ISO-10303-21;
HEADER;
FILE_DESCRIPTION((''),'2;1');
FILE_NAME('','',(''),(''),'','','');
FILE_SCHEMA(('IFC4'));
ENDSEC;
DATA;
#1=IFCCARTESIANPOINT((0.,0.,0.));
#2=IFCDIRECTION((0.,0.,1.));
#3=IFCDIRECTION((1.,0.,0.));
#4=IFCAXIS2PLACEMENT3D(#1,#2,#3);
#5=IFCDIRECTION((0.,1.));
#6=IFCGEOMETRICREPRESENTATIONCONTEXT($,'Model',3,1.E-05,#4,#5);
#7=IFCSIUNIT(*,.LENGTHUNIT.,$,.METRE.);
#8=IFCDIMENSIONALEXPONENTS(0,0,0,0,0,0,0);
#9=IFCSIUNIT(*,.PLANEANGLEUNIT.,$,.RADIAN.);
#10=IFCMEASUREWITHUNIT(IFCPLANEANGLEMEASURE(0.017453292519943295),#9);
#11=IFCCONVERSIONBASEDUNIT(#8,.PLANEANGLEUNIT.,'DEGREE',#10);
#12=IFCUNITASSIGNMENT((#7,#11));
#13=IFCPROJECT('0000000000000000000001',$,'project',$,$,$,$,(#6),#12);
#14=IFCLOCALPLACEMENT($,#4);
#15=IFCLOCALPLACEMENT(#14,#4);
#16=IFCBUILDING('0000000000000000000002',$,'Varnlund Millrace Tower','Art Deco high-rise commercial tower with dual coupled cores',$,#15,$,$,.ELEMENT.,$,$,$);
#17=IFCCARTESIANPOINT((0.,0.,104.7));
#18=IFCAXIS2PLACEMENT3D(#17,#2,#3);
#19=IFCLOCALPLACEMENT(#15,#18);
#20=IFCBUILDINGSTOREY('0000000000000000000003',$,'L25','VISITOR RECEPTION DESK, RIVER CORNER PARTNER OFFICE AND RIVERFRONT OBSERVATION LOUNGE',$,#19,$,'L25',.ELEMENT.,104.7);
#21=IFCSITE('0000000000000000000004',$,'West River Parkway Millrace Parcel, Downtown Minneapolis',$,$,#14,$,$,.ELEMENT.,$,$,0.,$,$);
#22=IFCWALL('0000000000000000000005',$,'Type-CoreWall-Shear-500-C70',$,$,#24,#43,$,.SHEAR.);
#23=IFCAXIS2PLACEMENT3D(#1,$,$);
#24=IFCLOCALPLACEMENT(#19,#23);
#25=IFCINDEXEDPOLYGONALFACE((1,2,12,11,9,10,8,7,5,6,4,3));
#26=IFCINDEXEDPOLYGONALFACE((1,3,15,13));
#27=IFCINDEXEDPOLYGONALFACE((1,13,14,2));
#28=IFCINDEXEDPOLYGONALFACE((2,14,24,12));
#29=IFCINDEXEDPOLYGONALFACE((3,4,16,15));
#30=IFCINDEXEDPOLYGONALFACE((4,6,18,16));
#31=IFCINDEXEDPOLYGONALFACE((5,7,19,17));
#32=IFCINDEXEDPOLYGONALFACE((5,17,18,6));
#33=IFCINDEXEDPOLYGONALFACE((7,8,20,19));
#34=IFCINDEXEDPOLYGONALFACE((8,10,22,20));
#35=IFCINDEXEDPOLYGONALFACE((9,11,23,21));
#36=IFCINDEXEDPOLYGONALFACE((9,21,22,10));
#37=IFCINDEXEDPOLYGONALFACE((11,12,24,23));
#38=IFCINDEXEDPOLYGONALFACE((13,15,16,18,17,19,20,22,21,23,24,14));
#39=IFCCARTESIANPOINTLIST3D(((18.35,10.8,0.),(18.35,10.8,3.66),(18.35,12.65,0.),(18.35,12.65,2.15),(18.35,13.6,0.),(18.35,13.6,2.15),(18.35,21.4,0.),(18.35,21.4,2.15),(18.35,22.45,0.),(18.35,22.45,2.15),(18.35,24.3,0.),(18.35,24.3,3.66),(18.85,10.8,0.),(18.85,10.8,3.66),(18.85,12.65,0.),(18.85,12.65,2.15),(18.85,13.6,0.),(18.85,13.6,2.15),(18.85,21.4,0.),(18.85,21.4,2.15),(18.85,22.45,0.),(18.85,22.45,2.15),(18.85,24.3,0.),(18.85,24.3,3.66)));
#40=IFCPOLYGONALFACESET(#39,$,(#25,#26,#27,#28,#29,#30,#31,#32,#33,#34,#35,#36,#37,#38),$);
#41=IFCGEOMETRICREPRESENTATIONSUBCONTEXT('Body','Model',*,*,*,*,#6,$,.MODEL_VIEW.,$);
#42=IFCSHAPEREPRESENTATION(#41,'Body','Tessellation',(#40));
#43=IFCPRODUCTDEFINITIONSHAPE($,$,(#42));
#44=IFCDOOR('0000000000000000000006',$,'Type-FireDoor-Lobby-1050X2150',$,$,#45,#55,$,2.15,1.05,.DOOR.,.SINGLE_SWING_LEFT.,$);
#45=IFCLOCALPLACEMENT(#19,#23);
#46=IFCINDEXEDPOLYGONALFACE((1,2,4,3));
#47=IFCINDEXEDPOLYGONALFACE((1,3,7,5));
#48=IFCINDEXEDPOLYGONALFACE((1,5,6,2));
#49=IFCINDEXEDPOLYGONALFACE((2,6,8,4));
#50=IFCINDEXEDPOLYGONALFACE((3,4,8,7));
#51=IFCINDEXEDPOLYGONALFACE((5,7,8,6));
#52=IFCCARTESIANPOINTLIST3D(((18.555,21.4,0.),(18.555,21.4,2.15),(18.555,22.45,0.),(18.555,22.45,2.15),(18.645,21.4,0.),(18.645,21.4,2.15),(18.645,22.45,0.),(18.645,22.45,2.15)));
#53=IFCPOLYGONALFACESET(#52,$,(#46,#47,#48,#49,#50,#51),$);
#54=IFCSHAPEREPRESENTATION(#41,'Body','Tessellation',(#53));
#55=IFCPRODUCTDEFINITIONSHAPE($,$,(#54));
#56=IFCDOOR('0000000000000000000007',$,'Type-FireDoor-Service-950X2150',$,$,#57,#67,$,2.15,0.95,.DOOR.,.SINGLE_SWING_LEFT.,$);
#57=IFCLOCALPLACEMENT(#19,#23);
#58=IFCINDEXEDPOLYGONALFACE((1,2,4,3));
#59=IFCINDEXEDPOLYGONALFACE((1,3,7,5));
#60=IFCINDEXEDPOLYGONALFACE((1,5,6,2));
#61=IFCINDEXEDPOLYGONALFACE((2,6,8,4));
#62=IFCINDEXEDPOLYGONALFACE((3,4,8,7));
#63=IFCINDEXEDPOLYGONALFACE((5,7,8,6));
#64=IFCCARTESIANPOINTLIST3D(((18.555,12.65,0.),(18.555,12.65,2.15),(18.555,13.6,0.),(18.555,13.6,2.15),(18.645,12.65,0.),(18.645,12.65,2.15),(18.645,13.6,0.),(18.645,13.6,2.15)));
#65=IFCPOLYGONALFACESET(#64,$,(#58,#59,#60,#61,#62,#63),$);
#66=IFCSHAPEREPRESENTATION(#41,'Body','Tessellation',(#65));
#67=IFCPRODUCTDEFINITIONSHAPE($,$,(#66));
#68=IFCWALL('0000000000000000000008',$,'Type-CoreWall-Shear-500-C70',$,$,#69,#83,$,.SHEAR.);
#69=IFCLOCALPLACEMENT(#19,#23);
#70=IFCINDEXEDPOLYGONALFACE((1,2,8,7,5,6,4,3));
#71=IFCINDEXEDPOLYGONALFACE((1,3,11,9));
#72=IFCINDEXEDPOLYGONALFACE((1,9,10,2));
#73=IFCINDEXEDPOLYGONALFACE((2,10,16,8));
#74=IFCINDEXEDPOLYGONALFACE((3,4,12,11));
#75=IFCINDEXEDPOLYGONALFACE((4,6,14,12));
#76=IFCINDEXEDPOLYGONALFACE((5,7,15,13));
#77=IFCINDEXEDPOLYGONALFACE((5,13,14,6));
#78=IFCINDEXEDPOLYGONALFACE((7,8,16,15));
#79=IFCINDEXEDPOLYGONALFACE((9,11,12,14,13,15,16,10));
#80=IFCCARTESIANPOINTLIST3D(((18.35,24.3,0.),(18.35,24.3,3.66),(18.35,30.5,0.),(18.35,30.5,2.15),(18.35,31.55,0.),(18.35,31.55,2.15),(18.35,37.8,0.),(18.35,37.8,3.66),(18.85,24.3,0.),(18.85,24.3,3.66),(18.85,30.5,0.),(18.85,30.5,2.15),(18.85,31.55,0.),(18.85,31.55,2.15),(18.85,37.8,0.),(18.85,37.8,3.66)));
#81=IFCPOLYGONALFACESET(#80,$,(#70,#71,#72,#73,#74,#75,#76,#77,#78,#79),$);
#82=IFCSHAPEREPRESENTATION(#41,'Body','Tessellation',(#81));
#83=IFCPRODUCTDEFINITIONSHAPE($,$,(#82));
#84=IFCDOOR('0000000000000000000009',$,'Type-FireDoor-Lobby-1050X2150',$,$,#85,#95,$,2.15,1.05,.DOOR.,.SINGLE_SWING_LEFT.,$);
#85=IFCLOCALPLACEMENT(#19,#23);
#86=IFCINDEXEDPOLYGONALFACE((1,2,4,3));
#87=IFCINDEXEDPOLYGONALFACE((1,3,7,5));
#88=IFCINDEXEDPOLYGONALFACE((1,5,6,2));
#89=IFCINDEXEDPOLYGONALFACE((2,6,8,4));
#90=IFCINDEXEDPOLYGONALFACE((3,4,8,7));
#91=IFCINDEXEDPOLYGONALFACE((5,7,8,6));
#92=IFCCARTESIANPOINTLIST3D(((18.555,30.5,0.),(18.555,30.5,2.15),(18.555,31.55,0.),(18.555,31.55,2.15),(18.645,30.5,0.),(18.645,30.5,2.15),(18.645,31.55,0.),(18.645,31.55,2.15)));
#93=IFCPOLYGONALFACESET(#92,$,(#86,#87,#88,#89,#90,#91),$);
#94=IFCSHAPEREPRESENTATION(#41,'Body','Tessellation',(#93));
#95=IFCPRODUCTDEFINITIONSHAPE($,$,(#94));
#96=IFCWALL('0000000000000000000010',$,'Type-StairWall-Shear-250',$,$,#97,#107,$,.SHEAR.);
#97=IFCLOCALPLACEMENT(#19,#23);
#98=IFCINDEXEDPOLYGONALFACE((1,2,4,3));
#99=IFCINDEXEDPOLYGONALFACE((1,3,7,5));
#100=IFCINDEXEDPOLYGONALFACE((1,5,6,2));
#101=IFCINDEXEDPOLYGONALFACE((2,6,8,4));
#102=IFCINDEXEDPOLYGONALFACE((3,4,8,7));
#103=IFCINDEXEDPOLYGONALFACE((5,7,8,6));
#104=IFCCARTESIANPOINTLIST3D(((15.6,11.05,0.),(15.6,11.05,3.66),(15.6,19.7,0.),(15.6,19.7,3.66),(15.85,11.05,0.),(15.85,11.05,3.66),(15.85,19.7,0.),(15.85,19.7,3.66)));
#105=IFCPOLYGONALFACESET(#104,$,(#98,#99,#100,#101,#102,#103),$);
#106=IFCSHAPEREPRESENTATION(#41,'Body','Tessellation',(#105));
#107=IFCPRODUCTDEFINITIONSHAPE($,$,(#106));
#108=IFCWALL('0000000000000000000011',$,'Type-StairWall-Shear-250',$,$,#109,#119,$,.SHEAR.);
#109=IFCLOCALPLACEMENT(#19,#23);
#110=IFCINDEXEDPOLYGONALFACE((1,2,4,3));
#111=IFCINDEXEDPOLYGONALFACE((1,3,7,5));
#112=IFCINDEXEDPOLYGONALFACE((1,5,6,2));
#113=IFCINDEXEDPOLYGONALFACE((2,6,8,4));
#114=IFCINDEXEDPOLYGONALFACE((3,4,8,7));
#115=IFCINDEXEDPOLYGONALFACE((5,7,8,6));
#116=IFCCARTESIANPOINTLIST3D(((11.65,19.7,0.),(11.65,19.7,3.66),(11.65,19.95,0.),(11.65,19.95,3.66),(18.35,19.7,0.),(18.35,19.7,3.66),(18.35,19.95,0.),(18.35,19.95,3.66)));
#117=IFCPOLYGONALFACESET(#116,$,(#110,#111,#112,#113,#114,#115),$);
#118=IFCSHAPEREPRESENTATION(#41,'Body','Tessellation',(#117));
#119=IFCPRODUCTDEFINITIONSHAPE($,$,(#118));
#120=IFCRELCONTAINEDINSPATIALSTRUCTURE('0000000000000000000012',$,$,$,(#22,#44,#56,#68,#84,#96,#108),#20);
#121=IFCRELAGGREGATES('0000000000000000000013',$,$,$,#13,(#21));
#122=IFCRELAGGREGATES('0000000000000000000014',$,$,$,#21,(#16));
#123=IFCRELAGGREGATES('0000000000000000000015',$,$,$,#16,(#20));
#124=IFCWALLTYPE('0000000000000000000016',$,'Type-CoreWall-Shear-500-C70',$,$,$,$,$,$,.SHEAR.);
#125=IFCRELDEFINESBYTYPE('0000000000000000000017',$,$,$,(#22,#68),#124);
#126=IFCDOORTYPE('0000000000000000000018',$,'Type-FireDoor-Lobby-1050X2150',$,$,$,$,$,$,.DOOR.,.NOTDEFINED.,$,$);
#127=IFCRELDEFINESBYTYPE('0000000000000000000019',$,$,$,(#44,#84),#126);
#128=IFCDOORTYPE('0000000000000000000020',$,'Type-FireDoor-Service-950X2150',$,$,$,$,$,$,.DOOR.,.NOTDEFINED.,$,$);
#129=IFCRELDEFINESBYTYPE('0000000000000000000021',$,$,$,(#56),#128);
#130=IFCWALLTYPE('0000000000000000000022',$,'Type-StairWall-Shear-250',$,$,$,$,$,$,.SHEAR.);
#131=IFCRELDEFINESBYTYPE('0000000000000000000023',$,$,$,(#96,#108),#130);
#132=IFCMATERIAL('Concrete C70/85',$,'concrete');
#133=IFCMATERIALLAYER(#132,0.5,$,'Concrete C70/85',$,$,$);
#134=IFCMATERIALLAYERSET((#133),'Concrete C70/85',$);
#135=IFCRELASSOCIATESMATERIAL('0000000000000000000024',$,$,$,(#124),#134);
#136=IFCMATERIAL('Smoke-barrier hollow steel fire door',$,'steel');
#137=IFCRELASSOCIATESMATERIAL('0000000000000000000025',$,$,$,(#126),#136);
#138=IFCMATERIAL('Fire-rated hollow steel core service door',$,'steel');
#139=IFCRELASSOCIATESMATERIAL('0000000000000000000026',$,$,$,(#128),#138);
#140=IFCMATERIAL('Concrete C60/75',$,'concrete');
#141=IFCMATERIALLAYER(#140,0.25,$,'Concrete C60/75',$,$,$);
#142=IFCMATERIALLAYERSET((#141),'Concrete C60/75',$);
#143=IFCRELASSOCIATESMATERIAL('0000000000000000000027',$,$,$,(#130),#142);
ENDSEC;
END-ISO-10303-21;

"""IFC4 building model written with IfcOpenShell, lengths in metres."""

from ifc_helpers import new_model, entity, si_unit, converted_unit, direction, frame, origin_with_axes, origin_2d_with_axis, place, context, subcontext, project, spatial, polyline, rectangle, outline, extrude, material, layer, layer_set, type_object, element, fill, save


model = new_model("IFC4")

# Units and contexts
model_context = context("Model", 3, precision=1e-05, world=origin_with_axes(), true_north=direction((0.0, 1.0)))
body_context = subcontext(model_context, "Body", "Model", "MODEL_VIEW")
ifc_project = project(units=[si_unit("LENGTHUNIT", "METRE"), converted_unit("PLANEANGLEUNIT", "DEGREE", entity("IfcPlaneAngleMeasure", 0.017453292519943295), si_unit("PLANEANGLEUNIT", "RADIAN"), dimensions=[0, 0, 0, 0, 0, 0, 0])], contexts=[model_context])

# Site, building, storey
site_placement = place(None, origin_with_axes())
site = spatial("IfcSite", under=ifc_project, at=site_placement, Name="West River Parkway Millrace Parcel, Downtown Minneapolis", CompositionType="ELEMENT", RefElevation=0.0)
building_placement = place(site_placement, origin_with_axes())
building = spatial("IfcBuilding", under=site, at=building_placement, Name="Varnlund Millrace Tower", Description="Art Deco high-rise commercial tower with dual coupled cores", CompositionType="ELEMENT")
storey_placement = place(building_placement, frame((0.0, 0.0, 104.7), z_axis=(0.0, 0.0, 1.0), x_axis=(1.0, 0.0, 0.0)))
storey = spatial("IfcBuildingStorey", under=building, at=storey_placement, Name="L25", Description="VISITOR RECEPTION DESK, RIVER CORNER PARTNER OFFICE AND RIVERFRONT OBSERVATION LOUNGE", LongName="L25", CompositionType="ELEMENT", Elevation=104.7)

# Shared definitions
ifc_material_1 = material(Name="Concrete C60/75", Category="concrete")

# Shared definitions
ifc_material_2 = material(Name="Concrete C70/85", Category="concrete")
ifc_layer_1 = layer(ifc_material_2, 0.5, Name="Concrete C70/85")
ifc_layer_set_1 = layer_set([ifc_layer_1], Name="Concrete C70/85")
wall_type_1 = type_object("IfcWallType", Name="Type-CoreWall-Shear-500-C70", PredefinedType="SHEAR", material=ifc_layer_set_1)

# Wall, openings, doors
wall_1_placement = place(storey_placement, frame((18.6, 10.8, 0.0), z_axis=(0.0, 0.0, 1.0), x_axis=(0.0, 1.0, 0.0)))
wall_1 = element("IfcWall", 1, at=wall_1_placement, inside=storey, type_object=wall_type_1, Name="Type-CoreWall-Shear-500-C70", PredefinedType="SHEAR", context=body_context, shape_type="SweptSolid", body=[
    extrude(outline(polyline([(0.0, -0.25), (13.5, -0.25), (13.5, 0.25), (0.0, 0.25), (0.0, -0.25)])), origin_with_axes(), (0.0, 0.0, 1.0), 3.66),
])
opening_1_placement = place(wall_1_placement, frame((11.125, 0.0, 0.0), z_axis=(0.0, 0.0, 1.0), x_axis=(1.0, 0.0, 0.0)))
opening_1 = element("IfcOpeningElement", 2, at=opening_1_placement, cuts=wall_1, PredefinedType="OPENING", context=body_context, shape_type="SweptSolid", body=[
    extrude(rectangle(XDim=1.05, YDim=0.52, at=origin_2d_with_axis()), origin_with_axes(), (0.0, 0.0, 1.0), 2.15),
])
opening_2_placement = place(wall_1_placement, frame((2.325, 0.0, 0.0), z_axis=(0.0, 0.0, 1.0), x_axis=(1.0, 0.0, 0.0)))
opening_2 = element("IfcOpeningElement", 3, at=opening_2_placement, cuts=wall_1, PredefinedType="OPENING", context=body_context, shape_type="SweptSolid", body=[
    extrude(rectangle(XDim=0.95, YDim=0.52, at=origin_2d_with_axis()), origin_with_axes(), (0.0, 0.0, 1.0), 2.15),
])
ifc_material_3 = material(Name="Smoke-barrier hollow steel fire door", Category="steel")
door_type_1 = type_object("IfcDoorType", Name="Type-FireDoor-Lobby-1050X2150", OperationType="NOTDEFINED", PredefinedType="DOOR", material=ifc_material_3)
door_1_placement = place(wall_1_placement, frame((11.125, 0.0, 0.0), z_axis=(0.0, 0.0, 1.0), x_axis=(1.0, 0.0, 0.0)))
door_1 = element("IfcDoor", 4, at=door_1_placement, inside=storey, type_object=door_type_1, Name="Type-FireDoor-Lobby-1050X2150", OperationType="SINGLE_SWING_LEFT", OverallHeight=2.15, OverallWidth=1.05, PredefinedType="DOOR", context=body_context, shape_type="SweptSolid", body=[
    extrude(rectangle(XDim=1.05, YDim=0.09, at=origin_2d_with_axis()), origin_with_axes(), (0.0, 0.0, 1.0), 2.15),
])
fill(opening_1, door_1)
ifc_material_4 = material(Name="Fire-rated hollow steel core service door", Category="steel")
door_type_2 = type_object("IfcDoorType", Name="Type-FireDoor-Service-950X2150", OperationType="NOTDEFINED", PredefinedType="DOOR", material=ifc_material_4)
door_2_placement = place(wall_1_placement, frame((2.325, 0.0, 0.0), z_axis=(0.0, 0.0, 1.0), x_axis=(1.0, 0.0, 0.0)))
door_2 = element("IfcDoor", 5, at=door_2_placement, inside=storey, type_object=door_type_2, Name="Type-FireDoor-Service-950X2150", OperationType="SINGLE_SWING_LEFT", OverallHeight=2.15, OverallWidth=0.95, PredefinedType="DOOR", context=body_context, shape_type="SweptSolid", body=[
    extrude(rectangle(XDim=0.95, YDim=0.09, at=origin_2d_with_axis()), origin_with_axes(), (0.0, 0.0, 1.0), 2.15),
])
fill(opening_2, door_2)

# Wall, opening, door
wall_2_placement = place(storey_placement, frame((18.6, 24.3, 0.0), z_axis=(0.0, 0.0, 1.0), x_axis=(0.0, 1.0, 0.0)))
wall_2 = element("IfcWall", 6, at=wall_2_placement, inside=storey, type_object=wall_type_1, Name="Type-CoreWall-Shear-500-C70", PredefinedType="SHEAR", context=body_context, shape_type="SweptSolid", body=[
    extrude(outline(polyline([(0.0, -0.25), (13.5, -0.25), (13.5, 0.25), (0.0, 0.25), (0.0, -0.25)])), origin_with_axes(), (0.0, 0.0, 1.0), 3.66),
])
opening_3_placement = place(wall_2_placement, frame((6.725, 0.0, 0.0), z_axis=(0.0, 0.0, 1.0), x_axis=(1.0, 0.0, 0.0)))
opening_3 = element("IfcOpeningElement", 7, at=opening_3_placement, cuts=wall_2, PredefinedType="OPENING", context=body_context, shape_type="SweptSolid", body=[
    extrude(rectangle(XDim=1.05, YDim=0.52, at=origin_2d_with_axis()), origin_with_axes(), (0.0, 0.0, 1.0), 2.15),
])
door_3_placement = place(wall_2_placement, frame((6.725, 0.0, 0.0), z_axis=(0.0, 0.0, 1.0), x_axis=(1.0, 0.0, 0.0)))
door_3 = element("IfcDoor", 8, at=door_3_placement, inside=storey, type_object=door_type_1, Name="Type-FireDoor-Lobby-1050X2150", OperationType="SINGLE_SWING_LEFT", OverallHeight=2.15, OverallWidth=1.05, PredefinedType="DOOR", context=body_context, shape_type="SweptSolid", body=[
    extrude(rectangle(XDim=1.05, YDim=0.09, at=origin_2d_with_axis()), origin_with_axes(), (0.0, 0.0, 1.0), 2.15),
])
fill(opening_3, door_3)

# Walls
ifc_layer_2 = layer(ifc_material_1, 0.25, Name="Concrete C60/75")
ifc_layer_set_2 = layer_set([ifc_layer_2], Name="Concrete C60/75")
wall_type_2 = type_object("IfcWallType", Name="Type-StairWall-Shear-250", PredefinedType="SHEAR", material=ifc_layer_set_2)
wall_3_placement = place(storey_placement, frame((15.725, 11.05, 0.0), z_axis=(0.0, 0.0, 1.0), x_axis=(0.0, 1.0, 0.0)))
element("IfcWall", 9, at=wall_3_placement, inside=storey, type_object=wall_type_2, Name="Type-StairWall-Shear-250", PredefinedType="SHEAR", context=body_context, shape_type="SweptSolid", body=[
    extrude(outline(polyline([(0.0, -0.125), (8.65, -0.125), (8.65, 0.125), (0.0, 0.125), (0.0, -0.125)])), origin_with_axes(), (0.0, 0.0, 1.0), 3.66),
])
wall_4_placement = place(storey_placement, frame((11.65, 19.825, 0.0), z_axis=(0.0, 0.0, 1.0), x_axis=(1.0, 0.0, 0.0)))
element("IfcWall", 10, at=wall_4_placement, inside=storey, type_object=wall_type_2, Name="Type-StairWall-Shear-250", PredefinedType="SHEAR", context=body_context, shape_type="SweptSolid", body=[
    extrude(outline(polyline([(0.0, -0.125), (6.7, -0.125), (6.7, 0.125), (0.0, 0.125), (0.0, -0.125)])), origin_with_axes(), (0.0, 0.0, 1.0), 3.66),
])

save(model, "model.ifc")
